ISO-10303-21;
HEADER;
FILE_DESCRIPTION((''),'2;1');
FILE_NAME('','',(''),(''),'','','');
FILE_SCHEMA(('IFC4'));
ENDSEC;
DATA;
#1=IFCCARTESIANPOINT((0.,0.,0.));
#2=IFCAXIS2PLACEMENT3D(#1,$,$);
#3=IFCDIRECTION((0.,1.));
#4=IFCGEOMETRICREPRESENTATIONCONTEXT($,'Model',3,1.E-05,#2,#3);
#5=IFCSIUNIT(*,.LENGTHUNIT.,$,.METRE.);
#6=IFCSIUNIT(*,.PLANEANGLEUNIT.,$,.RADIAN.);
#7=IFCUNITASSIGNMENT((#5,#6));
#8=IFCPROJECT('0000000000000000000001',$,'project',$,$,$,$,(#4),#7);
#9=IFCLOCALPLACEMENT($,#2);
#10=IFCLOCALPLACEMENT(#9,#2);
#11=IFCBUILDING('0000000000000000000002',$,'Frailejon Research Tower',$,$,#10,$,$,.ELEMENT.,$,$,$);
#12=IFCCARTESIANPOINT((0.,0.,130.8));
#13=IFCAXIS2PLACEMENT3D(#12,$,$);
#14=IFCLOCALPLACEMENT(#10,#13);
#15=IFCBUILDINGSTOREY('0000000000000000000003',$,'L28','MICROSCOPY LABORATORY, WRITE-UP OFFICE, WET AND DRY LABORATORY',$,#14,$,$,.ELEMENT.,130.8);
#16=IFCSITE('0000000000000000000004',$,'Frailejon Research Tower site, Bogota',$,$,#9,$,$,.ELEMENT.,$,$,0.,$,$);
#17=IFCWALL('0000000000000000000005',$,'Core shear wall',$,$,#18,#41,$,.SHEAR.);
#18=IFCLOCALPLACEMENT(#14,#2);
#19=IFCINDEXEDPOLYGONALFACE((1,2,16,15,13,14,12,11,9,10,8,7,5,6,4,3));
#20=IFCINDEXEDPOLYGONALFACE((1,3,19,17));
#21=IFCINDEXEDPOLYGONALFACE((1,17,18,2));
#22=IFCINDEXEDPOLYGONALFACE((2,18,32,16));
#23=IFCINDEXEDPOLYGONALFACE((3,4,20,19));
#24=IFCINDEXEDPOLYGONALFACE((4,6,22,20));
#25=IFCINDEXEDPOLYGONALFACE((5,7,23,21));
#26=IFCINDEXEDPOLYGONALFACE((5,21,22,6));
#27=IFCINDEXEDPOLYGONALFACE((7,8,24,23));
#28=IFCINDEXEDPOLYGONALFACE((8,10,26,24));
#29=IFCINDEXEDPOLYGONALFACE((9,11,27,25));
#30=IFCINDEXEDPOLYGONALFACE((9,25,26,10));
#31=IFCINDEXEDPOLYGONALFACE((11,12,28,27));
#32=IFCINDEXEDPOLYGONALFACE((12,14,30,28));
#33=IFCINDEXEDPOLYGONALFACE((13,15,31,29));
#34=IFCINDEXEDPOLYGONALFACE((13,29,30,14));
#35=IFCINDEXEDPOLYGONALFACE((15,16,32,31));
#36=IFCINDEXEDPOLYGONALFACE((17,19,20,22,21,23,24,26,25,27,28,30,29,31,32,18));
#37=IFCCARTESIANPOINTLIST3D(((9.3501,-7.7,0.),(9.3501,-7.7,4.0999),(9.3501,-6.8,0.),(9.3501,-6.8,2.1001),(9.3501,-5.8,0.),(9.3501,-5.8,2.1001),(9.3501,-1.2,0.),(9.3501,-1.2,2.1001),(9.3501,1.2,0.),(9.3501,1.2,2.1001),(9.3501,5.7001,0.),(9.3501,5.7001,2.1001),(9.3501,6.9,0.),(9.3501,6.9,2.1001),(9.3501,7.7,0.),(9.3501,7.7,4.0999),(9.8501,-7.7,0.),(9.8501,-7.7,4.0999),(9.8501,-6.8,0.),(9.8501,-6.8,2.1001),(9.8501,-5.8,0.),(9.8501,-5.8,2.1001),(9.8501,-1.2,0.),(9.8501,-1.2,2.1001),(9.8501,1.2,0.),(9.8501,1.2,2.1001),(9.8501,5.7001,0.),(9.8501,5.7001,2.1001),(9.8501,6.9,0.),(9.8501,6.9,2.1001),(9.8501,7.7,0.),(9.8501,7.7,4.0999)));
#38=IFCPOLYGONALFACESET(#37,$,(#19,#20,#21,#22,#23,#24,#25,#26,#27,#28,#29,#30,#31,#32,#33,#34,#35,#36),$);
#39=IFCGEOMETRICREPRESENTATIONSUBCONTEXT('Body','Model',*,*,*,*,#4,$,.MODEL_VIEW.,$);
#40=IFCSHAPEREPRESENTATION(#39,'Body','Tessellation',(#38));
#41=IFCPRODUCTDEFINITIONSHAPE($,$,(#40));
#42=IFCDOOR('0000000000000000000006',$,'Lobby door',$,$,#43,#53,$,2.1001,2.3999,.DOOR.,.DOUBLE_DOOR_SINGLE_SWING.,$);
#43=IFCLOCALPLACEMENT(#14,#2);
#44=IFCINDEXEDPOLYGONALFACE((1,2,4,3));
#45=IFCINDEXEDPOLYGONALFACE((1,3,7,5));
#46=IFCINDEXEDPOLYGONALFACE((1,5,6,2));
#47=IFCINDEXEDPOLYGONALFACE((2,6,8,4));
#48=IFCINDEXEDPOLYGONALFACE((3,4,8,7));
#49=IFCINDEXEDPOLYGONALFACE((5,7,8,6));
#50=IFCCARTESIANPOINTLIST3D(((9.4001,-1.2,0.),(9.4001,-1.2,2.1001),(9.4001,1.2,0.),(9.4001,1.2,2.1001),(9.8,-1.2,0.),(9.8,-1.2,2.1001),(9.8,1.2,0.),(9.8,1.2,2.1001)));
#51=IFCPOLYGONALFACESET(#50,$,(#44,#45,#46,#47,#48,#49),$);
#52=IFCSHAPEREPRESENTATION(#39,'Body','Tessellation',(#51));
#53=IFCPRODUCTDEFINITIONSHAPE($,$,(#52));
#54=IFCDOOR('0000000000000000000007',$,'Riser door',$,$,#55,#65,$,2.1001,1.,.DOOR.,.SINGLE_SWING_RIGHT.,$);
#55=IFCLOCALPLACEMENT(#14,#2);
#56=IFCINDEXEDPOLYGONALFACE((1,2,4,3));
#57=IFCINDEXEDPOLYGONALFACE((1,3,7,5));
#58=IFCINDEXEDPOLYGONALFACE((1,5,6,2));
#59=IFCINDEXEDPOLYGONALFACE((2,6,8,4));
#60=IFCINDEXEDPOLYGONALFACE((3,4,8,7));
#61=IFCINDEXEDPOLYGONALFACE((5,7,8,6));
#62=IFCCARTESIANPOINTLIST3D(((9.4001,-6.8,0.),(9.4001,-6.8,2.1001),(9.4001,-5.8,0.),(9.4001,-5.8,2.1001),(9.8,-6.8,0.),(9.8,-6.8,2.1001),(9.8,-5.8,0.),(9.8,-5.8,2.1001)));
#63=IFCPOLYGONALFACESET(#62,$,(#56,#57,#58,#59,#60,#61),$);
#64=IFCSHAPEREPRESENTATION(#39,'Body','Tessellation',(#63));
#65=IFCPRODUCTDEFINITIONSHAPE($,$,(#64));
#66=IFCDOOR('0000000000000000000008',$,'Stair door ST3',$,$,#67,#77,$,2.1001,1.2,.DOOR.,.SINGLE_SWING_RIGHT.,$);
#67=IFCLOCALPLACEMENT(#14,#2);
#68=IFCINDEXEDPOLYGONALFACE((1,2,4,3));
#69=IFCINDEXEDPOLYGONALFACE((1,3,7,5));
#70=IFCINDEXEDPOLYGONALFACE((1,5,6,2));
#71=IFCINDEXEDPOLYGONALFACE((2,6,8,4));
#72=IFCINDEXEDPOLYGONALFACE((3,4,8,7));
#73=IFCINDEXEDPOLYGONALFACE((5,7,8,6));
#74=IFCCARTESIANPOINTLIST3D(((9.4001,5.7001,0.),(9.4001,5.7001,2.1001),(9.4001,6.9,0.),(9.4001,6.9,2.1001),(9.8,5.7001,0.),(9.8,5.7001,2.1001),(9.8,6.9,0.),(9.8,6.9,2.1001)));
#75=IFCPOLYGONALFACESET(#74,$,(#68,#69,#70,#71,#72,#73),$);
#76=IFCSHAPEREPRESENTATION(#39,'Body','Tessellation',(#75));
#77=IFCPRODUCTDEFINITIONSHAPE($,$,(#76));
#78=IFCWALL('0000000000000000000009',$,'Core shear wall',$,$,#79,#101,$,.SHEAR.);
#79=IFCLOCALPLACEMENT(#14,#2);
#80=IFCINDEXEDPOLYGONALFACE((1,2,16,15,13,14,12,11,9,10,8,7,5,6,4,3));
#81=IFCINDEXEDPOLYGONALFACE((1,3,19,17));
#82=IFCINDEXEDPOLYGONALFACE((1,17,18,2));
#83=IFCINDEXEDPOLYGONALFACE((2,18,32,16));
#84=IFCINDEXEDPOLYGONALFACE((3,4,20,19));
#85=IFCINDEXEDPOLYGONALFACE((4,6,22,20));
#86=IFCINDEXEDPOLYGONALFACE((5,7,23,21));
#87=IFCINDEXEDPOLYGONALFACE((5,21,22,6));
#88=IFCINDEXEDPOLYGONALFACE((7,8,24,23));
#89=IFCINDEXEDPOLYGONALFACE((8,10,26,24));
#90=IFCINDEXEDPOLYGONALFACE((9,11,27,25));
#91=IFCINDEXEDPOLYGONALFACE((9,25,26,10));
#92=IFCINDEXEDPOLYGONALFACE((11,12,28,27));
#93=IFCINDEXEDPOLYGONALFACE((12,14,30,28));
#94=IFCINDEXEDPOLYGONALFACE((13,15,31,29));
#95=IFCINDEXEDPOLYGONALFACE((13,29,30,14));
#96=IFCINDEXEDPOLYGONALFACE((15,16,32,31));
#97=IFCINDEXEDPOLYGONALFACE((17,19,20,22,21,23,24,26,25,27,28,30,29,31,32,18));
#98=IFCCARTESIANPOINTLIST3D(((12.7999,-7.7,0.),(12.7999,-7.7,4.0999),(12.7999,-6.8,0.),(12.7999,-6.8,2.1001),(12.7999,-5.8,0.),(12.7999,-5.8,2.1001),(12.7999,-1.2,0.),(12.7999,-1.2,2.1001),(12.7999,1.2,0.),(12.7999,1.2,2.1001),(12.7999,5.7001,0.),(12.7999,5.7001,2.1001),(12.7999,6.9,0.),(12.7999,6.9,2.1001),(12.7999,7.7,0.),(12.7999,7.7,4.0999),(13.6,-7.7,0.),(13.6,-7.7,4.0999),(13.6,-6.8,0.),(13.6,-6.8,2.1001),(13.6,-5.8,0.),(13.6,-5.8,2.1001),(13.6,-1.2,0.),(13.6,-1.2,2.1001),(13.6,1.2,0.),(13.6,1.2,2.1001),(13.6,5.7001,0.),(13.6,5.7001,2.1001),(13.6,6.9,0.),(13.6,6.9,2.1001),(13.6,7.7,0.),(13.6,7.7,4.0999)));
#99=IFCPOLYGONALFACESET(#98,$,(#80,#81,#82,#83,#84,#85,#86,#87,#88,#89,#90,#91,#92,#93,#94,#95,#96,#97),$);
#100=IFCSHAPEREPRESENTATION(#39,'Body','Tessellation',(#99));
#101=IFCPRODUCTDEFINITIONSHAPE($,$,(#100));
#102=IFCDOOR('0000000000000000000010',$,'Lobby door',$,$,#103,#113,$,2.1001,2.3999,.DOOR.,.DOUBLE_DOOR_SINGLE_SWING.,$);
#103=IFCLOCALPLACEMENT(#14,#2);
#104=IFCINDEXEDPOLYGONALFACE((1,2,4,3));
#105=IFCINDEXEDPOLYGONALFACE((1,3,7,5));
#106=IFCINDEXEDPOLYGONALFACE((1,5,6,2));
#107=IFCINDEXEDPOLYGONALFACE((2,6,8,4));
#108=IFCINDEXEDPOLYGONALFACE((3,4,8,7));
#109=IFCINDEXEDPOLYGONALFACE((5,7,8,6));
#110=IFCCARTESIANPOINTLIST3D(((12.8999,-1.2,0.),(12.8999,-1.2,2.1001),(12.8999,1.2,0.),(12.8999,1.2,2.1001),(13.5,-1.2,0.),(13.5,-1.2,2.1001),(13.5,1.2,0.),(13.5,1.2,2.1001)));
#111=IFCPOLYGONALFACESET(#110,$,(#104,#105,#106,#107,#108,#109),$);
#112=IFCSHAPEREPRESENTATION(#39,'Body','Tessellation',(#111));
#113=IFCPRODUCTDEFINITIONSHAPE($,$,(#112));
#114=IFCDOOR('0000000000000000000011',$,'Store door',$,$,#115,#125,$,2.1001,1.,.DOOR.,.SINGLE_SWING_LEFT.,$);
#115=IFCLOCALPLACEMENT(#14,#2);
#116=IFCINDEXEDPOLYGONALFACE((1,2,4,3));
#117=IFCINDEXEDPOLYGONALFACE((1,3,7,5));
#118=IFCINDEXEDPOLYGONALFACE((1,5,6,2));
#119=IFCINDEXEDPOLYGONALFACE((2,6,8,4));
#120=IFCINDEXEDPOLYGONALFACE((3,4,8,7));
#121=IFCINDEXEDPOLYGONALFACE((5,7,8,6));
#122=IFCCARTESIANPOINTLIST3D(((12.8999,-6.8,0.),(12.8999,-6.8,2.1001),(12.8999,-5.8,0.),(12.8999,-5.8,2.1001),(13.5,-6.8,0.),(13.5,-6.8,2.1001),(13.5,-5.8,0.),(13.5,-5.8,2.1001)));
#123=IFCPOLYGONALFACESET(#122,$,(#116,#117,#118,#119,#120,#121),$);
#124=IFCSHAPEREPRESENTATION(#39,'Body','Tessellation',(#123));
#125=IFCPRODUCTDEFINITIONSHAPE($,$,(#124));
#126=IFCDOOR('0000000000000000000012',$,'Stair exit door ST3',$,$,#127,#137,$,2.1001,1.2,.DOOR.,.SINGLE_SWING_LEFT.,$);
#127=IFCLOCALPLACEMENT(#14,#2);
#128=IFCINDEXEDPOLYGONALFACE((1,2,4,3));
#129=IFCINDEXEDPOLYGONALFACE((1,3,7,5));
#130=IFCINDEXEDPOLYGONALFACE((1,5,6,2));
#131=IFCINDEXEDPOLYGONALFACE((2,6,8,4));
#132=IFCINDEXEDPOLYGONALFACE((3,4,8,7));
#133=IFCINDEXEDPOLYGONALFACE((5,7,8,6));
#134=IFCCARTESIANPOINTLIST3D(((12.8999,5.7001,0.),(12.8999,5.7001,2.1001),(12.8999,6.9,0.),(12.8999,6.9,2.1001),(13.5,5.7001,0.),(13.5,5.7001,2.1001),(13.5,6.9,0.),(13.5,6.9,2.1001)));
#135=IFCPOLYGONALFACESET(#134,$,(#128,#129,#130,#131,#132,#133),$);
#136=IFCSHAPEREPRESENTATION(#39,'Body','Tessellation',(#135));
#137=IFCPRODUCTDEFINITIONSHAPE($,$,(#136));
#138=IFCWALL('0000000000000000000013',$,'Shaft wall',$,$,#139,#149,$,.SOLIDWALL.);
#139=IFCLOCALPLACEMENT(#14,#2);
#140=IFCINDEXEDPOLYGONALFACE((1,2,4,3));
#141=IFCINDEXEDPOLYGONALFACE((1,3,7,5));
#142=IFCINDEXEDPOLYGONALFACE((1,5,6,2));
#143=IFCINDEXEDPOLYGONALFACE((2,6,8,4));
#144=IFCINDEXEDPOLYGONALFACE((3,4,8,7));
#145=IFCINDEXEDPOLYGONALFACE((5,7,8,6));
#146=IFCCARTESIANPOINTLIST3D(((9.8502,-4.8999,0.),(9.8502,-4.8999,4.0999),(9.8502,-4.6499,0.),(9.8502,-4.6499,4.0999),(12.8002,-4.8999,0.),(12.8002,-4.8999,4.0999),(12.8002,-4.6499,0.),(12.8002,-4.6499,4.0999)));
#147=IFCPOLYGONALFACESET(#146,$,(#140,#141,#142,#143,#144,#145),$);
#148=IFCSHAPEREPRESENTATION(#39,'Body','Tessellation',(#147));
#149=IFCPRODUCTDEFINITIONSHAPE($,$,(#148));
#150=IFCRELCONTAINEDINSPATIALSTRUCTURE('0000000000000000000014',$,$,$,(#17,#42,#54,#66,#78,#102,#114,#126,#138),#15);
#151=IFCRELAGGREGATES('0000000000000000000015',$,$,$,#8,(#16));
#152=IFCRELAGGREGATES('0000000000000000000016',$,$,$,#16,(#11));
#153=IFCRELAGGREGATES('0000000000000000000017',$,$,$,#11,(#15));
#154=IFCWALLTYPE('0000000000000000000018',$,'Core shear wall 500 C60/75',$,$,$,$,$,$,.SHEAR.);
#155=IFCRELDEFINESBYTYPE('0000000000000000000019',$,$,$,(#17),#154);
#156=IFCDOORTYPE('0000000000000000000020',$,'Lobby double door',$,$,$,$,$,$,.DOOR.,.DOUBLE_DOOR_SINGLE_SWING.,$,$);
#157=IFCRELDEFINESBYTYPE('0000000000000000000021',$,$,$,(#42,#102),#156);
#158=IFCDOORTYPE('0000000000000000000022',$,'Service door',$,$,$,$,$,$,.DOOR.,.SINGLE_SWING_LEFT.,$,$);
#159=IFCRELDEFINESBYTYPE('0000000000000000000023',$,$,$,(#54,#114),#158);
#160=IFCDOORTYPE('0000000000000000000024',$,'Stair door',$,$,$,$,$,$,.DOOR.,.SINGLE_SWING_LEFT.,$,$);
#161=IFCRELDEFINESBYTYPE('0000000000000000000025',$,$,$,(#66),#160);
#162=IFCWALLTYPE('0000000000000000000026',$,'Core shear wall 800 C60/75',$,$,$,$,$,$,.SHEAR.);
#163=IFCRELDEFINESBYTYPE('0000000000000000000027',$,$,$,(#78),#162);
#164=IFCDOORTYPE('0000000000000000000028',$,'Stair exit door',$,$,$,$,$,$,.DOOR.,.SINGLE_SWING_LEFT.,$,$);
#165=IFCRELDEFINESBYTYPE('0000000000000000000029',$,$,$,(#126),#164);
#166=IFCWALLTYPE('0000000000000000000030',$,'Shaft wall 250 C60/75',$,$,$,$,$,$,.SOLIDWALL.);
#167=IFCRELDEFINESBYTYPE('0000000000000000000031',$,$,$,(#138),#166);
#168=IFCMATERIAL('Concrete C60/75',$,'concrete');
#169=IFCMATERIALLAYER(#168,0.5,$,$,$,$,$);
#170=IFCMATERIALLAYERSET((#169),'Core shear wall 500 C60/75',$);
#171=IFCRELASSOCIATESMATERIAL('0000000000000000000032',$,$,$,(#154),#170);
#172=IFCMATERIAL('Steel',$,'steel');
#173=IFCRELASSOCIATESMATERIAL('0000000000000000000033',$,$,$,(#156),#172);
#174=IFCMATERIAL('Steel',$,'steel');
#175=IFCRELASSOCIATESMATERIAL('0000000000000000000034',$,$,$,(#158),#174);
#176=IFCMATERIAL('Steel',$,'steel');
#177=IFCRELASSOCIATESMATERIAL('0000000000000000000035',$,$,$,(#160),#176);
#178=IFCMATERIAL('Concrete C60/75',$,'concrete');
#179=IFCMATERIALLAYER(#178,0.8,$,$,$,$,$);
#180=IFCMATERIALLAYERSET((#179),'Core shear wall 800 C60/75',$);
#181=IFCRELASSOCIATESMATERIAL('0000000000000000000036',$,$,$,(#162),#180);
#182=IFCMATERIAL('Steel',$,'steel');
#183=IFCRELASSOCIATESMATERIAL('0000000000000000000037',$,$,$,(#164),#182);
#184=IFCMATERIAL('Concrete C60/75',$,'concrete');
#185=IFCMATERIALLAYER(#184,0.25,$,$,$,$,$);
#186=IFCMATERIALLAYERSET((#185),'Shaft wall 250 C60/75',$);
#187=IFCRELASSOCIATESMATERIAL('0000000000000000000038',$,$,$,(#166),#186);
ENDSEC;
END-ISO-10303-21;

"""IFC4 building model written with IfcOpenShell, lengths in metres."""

from ifc_helpers import new_model, si_unit, direction, frame, frame_2d, origin, place, context, subcontext, project, spatial, rectangle, extrude, material, layer, layer_set, type_object, element, fill, save


model = new_model("IFC4")

# Units and contexts
model_context = context("Model", 3, precision=1e-05, world=origin(), true_north=direction((0.0, 1.0)))
body_context = subcontext(model_context, "Body", "Model", "MODEL_VIEW")
ifc_project = project(units=[si_unit("LENGTHUNIT", "METRE"), si_unit("PLANEANGLEUNIT", "RADIAN")], contexts=[model_context])

# Site, building, storey
site_placement = place(None, origin())
site = spatial("IfcSite", under=ifc_project, at=site_placement, Name="Frailejon Research Tower site, Bogota", CompositionType="ELEMENT", RefElevation=0.0)
building_placement = place(site_placement, origin())
building = spatial("IfcBuilding", under=site, at=building_placement, Name="Frailejon Research Tower", CompositionType="ELEMENT")
storey_placement = place(building_placement, frame((0.0, 0.0, 130.8)))
storey = spatial("IfcBuildingStorey", under=building, at=storey_placement, Name="L28", Description="MICROSCOPY LABORATORY, WRITE-UP OFFICE, WET AND DRY LABORATORY", CompositionType="ELEMENT", Elevation=130.8)

# Walls, openings, doors
ifc_material_1 = material(Name="Concrete C60/75", Category="concrete")
ifc_layer_1 = layer(ifc_material_1, 0.5)
ifc_layer_set_1 = layer_set([ifc_layer_1], Name="Core shear wall 500 C60/75")
wall_type_1 = type_object("IfcWallType", Name="Core shear wall 500 C60/75", PredefinedType="SHEAR", material=ifc_layer_set_1)
wall_1_placement = place(storey_placement, frame((9.6001, -7.7, 0.0), z_axis=(0.0, 0.0, 1.0), x_axis=(0.0, 1.0, 0.0)))
wall_1 = element("IfcWall", 1, at=wall_1_placement, inside=storey, type_object=wall_type_1, Name="Core shear wall", PredefinedType="SHEAR", context=body_context, shape_type="SweptSolid", body=[
    extrude(rectangle(XDim=15.3999, YDim=0.5, at=frame_2d((7.7, 0.0))), origin(), (0.0, 0.0, 1.0), 4.0999),
])
opening_1_placement = place(wall_1_placement, frame((6.5, 0.0, 0.0)))
opening_1 = element("IfcOpeningElement", 2, at=opening_1_placement, cuts=wall_1, PredefinedType="OPENING", context=body_context, shape_type="SweptSolid", body=[
    extrude(rectangle(XDim=2.3999, YDim=2.1001, at=frame_2d((1.2, 1.05))), frame((0.0, 0.26, 0.0), z_axis=(0.0, -1.0, 0.0), x_axis=(1.0, 0.0, 0.0)), (0.0, 0.0, 1.0), 0.52),
])
opening_2_placement = place(wall_1_placement, frame((13.3999, 0.0, 0.0)))
opening_2 = element("IfcOpeningElement", 3, at=opening_2_placement, cuts=wall_1, PredefinedType="OPENING", context=body_context, shape_type="SweptSolid", body=[
    extrude(rectangle(XDim=1.2, YDim=2.1001, at=frame_2d((0.6001, 1.05))), frame((0.0, 0.26, 0.0), z_axis=(0.0, -1.0, 0.0), x_axis=(1.0, 0.0, 0.0)), (0.0, 0.0, 1.0), 0.52),
])
opening_3_placement = place(wall_1_placement, frame((0.8999, 0.0, 0.0)))
opening_3 = element("IfcOpeningElement", 4, at=opening_3_placement, cuts=wall_1, PredefinedType="OPENING", context=body_context, shape_type="SweptSolid", body=[
    extrude(rectangle(XDim=1.0, YDim=2.1001, at=frame_2d((0.5, 1.05))), frame((0.0, 0.26, 0.0), z_axis=(0.0, -1.0, 0.0), x_axis=(1.0, 0.0, 0.0)), (0.0, 0.0, 1.0), 0.52),
])
ifc_material_2 = material(Name="Steel", Category="steel")
door_type_1 = type_object("IfcDoorType", Name="Lobby double door", OperationType="DOUBLE_DOOR_SINGLE_SWING", PredefinedType="DOOR", material=ifc_material_2)
door_1_placement = place(opening_1_placement, origin())
door_1 = element("IfcDoor", 5, at=door_1_placement, inside=storey, type_object=door_type_1, Name="Lobby door", OperationType="DOUBLE_DOOR_SINGLE_SWING", OverallHeight=2.1001, OverallWidth=2.3999, PredefinedType="DOOR", context=body_context, shape_type="SweptSolid", body=[
    extrude(rectangle(XDim=2.3999, YDim=2.1001, at=frame_2d((1.2, 1.05))), frame((0.0, 0.2, 0.0), z_axis=(0.0, -1.0, 0.0), x_axis=(1.0, 0.0, 0.0)), (0.0, 0.0, 1.0), 0.3999),
])
fill(opening_1, door_1)
ifc_material_3 = material(Name="Steel", Category="steel")
door_type_2 = type_object("IfcDoorType", Name="Service door", OperationType="SINGLE_SWING_LEFT", PredefinedType="DOOR", material=ifc_material_3)
door_2_placement = place(opening_3_placement, origin())
door_2 = element("IfcDoor", 6, at=door_2_placement, inside=storey, type_object=door_type_2, Name="Riser door", OperationType="SINGLE_SWING_RIGHT", OverallHeight=2.1001, OverallWidth=1.0, PredefinedType="DOOR", context=body_context, shape_type="SweptSolid", body=[
    extrude(rectangle(XDim=1.0, YDim=2.1001, at=frame_2d((0.5, 1.05))), frame((0.0, 0.2, 0.0), z_axis=(0.0, -1.0, 0.0), x_axis=(1.0, 0.0, 0.0)), (0.0, 0.0, 1.0), 0.3999),
])
fill(opening_3, door_2)
ifc_material_4 = material(Name="Steel", Category="steel")
door_type_3 = type_object("IfcDoorType", Name="Stair door", OperationType="SINGLE_SWING_LEFT", PredefinedType="DOOR", material=ifc_material_4)
door_3_placement = place(opening_2_placement, origin())
door_3 = element("IfcDoor", 7, at=door_3_placement, inside=storey, type_object=door_type_3, Name="Stair door ST3", OperationType="SINGLE_SWING_RIGHT", OverallHeight=2.1001, OverallWidth=1.2, PredefinedType="DOOR", context=body_context, shape_type="SweptSolid", body=[
    extrude(rectangle(XDim=1.2, YDim=2.1001, at=frame_2d((0.6001, 1.05))), frame((0.0, 0.2, 0.0), z_axis=(0.0, -1.0, 0.0), x_axis=(1.0, 0.0, 0.0)), (0.0, 0.0, 1.0), 0.3999),
])
fill(opening_2, door_3)
ifc_material_5 = material(Name="Concrete C60/75", Category="concrete")
ifc_layer_2 = layer(ifc_material_5, 0.8)
ifc_layer_set_2 = layer_set([ifc_layer_2], Name="Core shear wall 800 C60/75")
wall_type_2 = type_object("IfcWallType", Name="Core shear wall 800 C60/75", PredefinedType="SHEAR", material=ifc_layer_set_2)
wall_2_placement = place(storey_placement, frame((13.2, -7.7, 0.0), z_axis=(0.0, 0.0, 1.0), x_axis=(0.0, 1.0, 0.0)))
wall_2 = element("IfcWall", 8, at=wall_2_placement, inside=storey, type_object=wall_type_2, Name="Core shear wall", PredefinedType="SHEAR", context=body_context, shape_type="SweptSolid", body=[
    extrude(rectangle(XDim=15.3999, YDim=0.8, at=frame_2d((7.7, 0.0))), origin(), (0.0, 0.0, 1.0), 4.0999),
])
opening_4_placement = place(wall_2_placement, frame((6.5, 0.0, 0.0)))
opening_4 = element("IfcOpeningElement", 9, at=opening_4_placement, cuts=wall_2, PredefinedType="OPENING", context=body_context, shape_type="SweptSolid", body=[
    extrude(rectangle(XDim=2.3999, YDim=2.1001, at=frame_2d((1.2, 1.05))), frame((0.0, 0.4099, 0.0), z_axis=(0.0, -1.0, 0.0), x_axis=(1.0, 0.0, 0.0)), (0.0, 0.0, 1.0), 0.8201),
])
opening_5_placement = place(wall_2_placement, frame((13.3999, 0.0, 0.0)))
opening_5 = element("IfcOpeningElement", 10, at=opening_5_placement, cuts=wall_2, PredefinedType="OPENING", context=body_context, shape_type="SweptSolid", body=[
    extrude(rectangle(XDim=1.2, YDim=2.1001, at=frame_2d((0.6001, 1.05))), frame((0.0, 0.4099, 0.0), z_axis=(0.0, -1.0, 0.0), x_axis=(1.0, 0.0, 0.0)), (0.0, 0.0, 1.0), 0.8201),
])
opening_6_placement = place(wall_2_placement, frame((0.8999, 0.0, 0.0)))
opening_6 = element("IfcOpeningElement", 11, at=opening_6_placement, cuts=wall_2, PredefinedType="OPENING", context=body_context, shape_type="SweptSolid", body=[
    extrude(rectangle(XDim=1.0, YDim=2.1001, at=frame_2d((0.5, 1.05))), frame((0.0, 0.4099, 0.0), z_axis=(0.0, -1.0, 0.0), x_axis=(1.0, 0.0, 0.0)), (0.0, 0.0, 1.0), 0.8201),
])
door_4_placement = place(opening_4_placement, origin())
door_4 = element("IfcDoor", 12, at=door_4_placement, inside=storey, type_object=door_type_1, Name="Lobby door", OperationType="DOUBLE_DOOR_SINGLE_SWING", OverallHeight=2.1001, OverallWidth=2.3999, PredefinedType="DOOR", context=body_context, shape_type="SweptSolid", body=[
    extrude(rectangle(XDim=2.3999, YDim=2.1001, at=frame_2d((1.2, 1.05))), frame((0.0, 0.3, 0.0), z_axis=(0.0, -1.0, 0.0), x_axis=(1.0, 0.0, 0.0)), (0.0, 0.0, 1.0), 0.6001),
])
fill(opening_4, door_4)
door_5_placement = place(opening_6_placement, origin())
door_5 = element("IfcDoor", 13, at=door_5_placement, inside=storey, type_object=door_type_2, Name="Store door", OperationType="SINGLE_SWING_LEFT", OverallHeight=2.1001, OverallWidth=1.0, PredefinedType="DOOR", context=body_context, shape_type="SweptSolid", body=[
    extrude(rectangle(XDim=1.0, YDim=2.1001, at=frame_2d((0.5, 1.05))), frame((0.0, 0.3, 0.0), z_axis=(0.0, -1.0, 0.0), x_axis=(1.0, 0.0, 0.0)), (0.0, 0.0, 1.0), 0.6001),
])
fill(opening_6, door_5)
ifc_material_6 = material(Name="Steel", Category="steel")
door_type_4 = type_object("IfcDoorType", Name="Stair exit door", OperationType="SINGLE_SWING_LEFT", PredefinedType="DOOR", material=ifc_material_6)
door_6_placement = place(opening_5_placement, origin())
door_6 = element("IfcDoor", 14, at=door_6_placement, inside=storey, type_object=door_type_4, Name="Stair exit door ST3", OperationType="SINGLE_SWING_LEFT", OverallHeight=2.1001, OverallWidth=1.2, PredefinedType="DOOR", context=body_context, shape_type="SweptSolid", body=[
    extrude(rectangle(XDim=1.2, YDim=2.1001, at=frame_2d((0.6001, 1.05))), frame((0.0, 0.3, 0.0), z_axis=(0.0, -1.0, 0.0), x_axis=(1.0, 0.0, 0.0)), (0.0, 0.0, 1.0), 0.6001),
])
fill(opening_5, door_6)

# Wall
ifc_material_7 = material(Name="Concrete C60/75", Category="concrete")
ifc_layer_3 = layer(ifc_material_7, 0.25)
ifc_layer_set_3 = layer_set([ifc_layer_3], Name="Shaft wall 250 C60/75")
wall_type_3 = type_object("IfcWallType", Name="Shaft wall 250 C60/75", PredefinedType="SOLIDWALL", material=ifc_layer_set_3)
wall_3_placement = place(storey_placement, frame((9.8501, -4.7749, 0.0), z_axis=(0.0, 0.0, 1.0), x_axis=(1.0, 0.0, 0.0)))
element("IfcWall", 15, at=wall_3_placement, inside=storey, type_object=wall_type_3, Name="Shaft wall", PredefinedType="SOLIDWALL", context=body_context, shape_type="SweptSolid", body=[
    extrude(rectangle(XDim=2.95, YDim=0.25, at=frame_2d((1.4751, 0.0))), origin(), (0.0, 0.0, 1.0), 4.0999),
])

save(model, "model.ifc")
